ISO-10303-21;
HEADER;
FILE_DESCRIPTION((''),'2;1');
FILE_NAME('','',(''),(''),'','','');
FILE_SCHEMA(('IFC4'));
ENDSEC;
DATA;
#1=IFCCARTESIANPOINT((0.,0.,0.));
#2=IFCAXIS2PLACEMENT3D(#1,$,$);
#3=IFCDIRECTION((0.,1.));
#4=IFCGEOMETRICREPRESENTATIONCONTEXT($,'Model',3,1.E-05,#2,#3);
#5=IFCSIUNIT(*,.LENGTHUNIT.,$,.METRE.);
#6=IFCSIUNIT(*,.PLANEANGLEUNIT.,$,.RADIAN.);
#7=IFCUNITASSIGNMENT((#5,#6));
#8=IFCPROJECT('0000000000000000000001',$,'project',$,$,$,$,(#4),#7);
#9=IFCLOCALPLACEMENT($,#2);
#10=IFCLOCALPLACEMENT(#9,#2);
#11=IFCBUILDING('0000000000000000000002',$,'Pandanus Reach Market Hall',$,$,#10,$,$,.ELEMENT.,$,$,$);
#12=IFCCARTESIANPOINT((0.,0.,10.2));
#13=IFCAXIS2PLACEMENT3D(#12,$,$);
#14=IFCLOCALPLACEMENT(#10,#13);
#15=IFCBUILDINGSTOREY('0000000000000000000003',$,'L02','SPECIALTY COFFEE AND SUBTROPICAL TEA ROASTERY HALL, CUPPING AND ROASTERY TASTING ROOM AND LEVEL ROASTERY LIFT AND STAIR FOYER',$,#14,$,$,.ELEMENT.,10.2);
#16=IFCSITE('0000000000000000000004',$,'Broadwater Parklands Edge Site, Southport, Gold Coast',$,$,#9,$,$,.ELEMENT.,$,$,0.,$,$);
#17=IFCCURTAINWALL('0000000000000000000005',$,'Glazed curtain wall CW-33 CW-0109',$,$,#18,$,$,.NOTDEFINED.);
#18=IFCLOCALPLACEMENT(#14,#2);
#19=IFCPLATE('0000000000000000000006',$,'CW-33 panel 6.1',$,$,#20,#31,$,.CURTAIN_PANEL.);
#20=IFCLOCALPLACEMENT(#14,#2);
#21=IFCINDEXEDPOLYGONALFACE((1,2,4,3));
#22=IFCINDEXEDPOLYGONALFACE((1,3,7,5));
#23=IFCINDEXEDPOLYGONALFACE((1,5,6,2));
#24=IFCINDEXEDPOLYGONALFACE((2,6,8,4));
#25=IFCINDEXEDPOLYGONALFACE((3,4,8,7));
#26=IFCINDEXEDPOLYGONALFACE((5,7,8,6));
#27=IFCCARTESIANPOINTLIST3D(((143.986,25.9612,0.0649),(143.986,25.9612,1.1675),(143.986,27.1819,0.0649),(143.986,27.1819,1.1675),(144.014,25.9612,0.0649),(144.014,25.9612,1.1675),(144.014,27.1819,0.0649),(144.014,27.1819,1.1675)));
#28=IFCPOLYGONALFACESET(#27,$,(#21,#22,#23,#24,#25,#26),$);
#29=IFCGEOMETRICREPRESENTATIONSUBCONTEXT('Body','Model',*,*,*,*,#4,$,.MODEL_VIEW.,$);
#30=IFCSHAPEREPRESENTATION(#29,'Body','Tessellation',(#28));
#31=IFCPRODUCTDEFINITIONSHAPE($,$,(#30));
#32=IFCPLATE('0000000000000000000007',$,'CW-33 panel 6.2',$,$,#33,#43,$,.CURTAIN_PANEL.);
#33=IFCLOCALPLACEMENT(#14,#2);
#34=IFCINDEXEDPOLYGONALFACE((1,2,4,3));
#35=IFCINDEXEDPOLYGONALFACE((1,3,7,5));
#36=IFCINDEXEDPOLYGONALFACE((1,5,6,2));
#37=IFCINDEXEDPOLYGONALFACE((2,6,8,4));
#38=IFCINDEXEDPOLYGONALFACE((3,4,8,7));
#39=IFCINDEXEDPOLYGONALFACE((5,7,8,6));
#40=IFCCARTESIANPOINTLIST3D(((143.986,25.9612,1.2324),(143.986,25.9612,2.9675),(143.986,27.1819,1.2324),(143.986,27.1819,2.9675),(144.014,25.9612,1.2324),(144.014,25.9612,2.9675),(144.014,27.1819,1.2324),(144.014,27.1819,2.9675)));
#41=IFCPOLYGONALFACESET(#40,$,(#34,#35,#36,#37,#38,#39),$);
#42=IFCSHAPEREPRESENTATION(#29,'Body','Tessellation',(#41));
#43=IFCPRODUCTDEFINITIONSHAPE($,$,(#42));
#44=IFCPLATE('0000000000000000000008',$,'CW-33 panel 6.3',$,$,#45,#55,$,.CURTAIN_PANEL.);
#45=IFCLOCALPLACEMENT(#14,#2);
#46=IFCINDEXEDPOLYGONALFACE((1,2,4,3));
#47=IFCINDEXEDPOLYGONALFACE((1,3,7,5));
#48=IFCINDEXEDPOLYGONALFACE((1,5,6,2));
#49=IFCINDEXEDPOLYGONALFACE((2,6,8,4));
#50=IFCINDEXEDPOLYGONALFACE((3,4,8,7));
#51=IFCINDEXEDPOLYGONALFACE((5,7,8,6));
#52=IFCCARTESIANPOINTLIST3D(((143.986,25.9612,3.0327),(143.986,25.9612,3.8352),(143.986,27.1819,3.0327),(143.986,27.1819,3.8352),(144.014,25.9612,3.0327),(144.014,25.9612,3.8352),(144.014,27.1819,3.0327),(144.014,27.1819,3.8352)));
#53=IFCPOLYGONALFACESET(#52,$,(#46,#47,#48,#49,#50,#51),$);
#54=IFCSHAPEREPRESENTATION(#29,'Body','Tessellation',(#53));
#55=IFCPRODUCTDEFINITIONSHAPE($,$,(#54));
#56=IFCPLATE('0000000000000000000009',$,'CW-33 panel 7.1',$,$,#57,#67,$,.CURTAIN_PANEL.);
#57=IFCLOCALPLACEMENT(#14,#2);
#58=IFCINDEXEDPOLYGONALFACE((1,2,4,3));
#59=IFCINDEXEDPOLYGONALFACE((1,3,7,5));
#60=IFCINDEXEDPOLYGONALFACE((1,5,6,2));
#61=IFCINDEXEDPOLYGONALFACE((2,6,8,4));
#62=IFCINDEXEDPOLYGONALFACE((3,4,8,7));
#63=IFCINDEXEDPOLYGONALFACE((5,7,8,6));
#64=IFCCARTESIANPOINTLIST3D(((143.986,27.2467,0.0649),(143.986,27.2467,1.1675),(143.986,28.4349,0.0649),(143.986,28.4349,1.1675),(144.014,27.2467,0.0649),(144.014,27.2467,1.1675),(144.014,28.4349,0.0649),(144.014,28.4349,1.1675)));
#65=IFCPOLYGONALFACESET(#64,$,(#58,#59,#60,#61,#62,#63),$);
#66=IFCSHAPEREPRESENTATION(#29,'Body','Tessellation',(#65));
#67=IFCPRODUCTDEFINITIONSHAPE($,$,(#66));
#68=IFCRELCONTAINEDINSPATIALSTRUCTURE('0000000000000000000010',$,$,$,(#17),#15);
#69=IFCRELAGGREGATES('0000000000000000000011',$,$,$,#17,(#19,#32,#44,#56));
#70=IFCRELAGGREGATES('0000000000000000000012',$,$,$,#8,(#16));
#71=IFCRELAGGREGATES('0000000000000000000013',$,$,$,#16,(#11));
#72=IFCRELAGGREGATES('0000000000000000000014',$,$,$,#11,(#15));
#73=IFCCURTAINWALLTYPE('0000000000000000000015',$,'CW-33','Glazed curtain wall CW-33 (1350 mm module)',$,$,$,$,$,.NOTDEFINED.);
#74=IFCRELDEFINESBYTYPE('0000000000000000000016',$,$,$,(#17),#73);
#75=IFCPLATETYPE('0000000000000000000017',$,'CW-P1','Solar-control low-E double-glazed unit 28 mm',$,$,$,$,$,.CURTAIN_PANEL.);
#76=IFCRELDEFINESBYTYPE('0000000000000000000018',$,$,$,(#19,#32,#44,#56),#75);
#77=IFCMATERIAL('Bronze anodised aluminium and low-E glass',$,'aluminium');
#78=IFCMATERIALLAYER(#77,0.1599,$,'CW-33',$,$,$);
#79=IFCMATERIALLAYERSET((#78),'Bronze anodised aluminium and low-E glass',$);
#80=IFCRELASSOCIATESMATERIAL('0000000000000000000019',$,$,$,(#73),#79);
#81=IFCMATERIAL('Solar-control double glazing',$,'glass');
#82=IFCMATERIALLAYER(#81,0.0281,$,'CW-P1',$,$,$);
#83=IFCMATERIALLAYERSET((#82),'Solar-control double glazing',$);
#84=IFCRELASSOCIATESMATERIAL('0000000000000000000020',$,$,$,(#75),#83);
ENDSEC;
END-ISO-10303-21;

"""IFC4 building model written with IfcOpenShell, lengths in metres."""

from ifc_helpers import new_model, si_unit, direction, frame, origin, origin_2d, place, context, subcontext, project, spatial, rectangle, extrude, material, layer, layer_set, type_object, element, aggregate, save


model = new_model("IFC4")

# Units and contexts
model_context = context("Model", 3, precision=1e-05, world=origin(), true_north=direction((0.0, 1.0)))
body_context = subcontext(model_context, "Body", "Model", "MODEL_VIEW")
ifc_project = project(units=[si_unit("LENGTHUNIT", "METRE"), si_unit("PLANEANGLEUNIT", "RADIAN")], contexts=[model_context])

# Site, building, storey
site_placement = place(None, origin())
site = spatial("IfcSite", under=ifc_project, at=site_placement, Name="Broadwater Parklands Edge Site, Southport, Gold Coast", CompositionType="ELEMENT", RefElevation=0.0)
building_placement = place(site_placement, origin())
building = spatial("IfcBuilding", under=site, at=building_placement, Name="Pandanus Reach Market Hall", CompositionType="ELEMENT")
storey_placement = place(building_placement, frame((0.0, 0.0, 10.2)))
storey = spatial("IfcBuildingStorey", under=building, at=storey_placement, Name="L02", Description="SPECIALTY COFFEE AND SUBTROPICAL TEA ROASTERY HALL, CUPPING AND ROASTERY TASTING ROOM AND LEVEL ROASTERY LIFT AND STAIR FOYER", CompositionType="ELEMENT", Elevation=10.2)

# Curtain wall, plates
ifc_material_1 = material(Name="Bronze anodised aluminium and low-E glass", Category="aluminium")
ifc_layer_1 = layer(ifc_material_1, 0.1599, Name="CW-33")
ifc_layer_set_1 = layer_set([ifc_layer_1], Name="Bronze anodised aluminium and low-E glass")
curtain_wall_type = type_object("IfcCurtainWallType", Name="CW-33", Description="Glazed curtain wall CW-33 (1350 mm module)", PredefinedType="NOTDEFINED", material=ifc_layer_set_1)
curtain_wall_placement = place(storey_placement, origin())
curtain_wall = element("IfcCurtainWall", 1, at=curtain_wall_placement, inside=storey, type_object=curtain_wall_type, Name="Glazed curtain wall CW-33 CW-0109", PredefinedType="NOTDEFINED")
ifc_material_2 = material(Name="Solar-control double glazing", Category="glass")
ifc_layer_2 = layer(ifc_material_2, 0.0281, Name="CW-P1")
ifc_layer_set_2 = layer_set([ifc_layer_2], Name="Solar-control double glazing")
plate_type = type_object("IfcPlateType", Name="CW-P1", Description="Solar-control low-E double-glazed unit 28 mm", PredefinedType="CURTAIN_PANEL", material=ifc_layer_set_2)
plate_1_placement = place(storey_placement, frame((144.0, 26.5715, 0.0649), z_axis=(0.0, 0.0, 1.0), x_axis=(0.0, 1.0, 0.0)))
plate_1 = element("IfcPlate", 2, at=plate_1_placement, type_object=plate_type, Name="CW-33 panel 6.1", PredefinedType="CURTAIN_PANEL", context=body_context, shape_type="SweptSolid", body=[
    extrude(rectangle(XDim=1.2207, YDim=0.0281, at=origin_2d()), origin(), (0.0, 0.0, 1.0), 1.1025),
])
plate_2_placement = place(storey_placement, frame((144.0, 26.5715, 1.2324), z_axis=(0.0, 0.0, 1.0), x_axis=(0.0, 1.0, 0.0)))
plate_2 = element("IfcPlate", 3, at=plate_2_placement, type_object=plate_type, Name="CW-33 panel 6.2", PredefinedType="CURTAIN_PANEL", context=body_context, shape_type="SweptSolid", body=[
    extrude(rectangle(XDim=1.2207, YDim=0.0281, at=origin_2d()), origin(), (0.0, 0.0, 1.0), 1.7351),
])
plate_3_placement = place(storey_placement, frame((144.0, 26.5715, 3.0327), z_axis=(0.0, 0.0, 1.0), x_axis=(0.0, 1.0, 0.0)))
plate_3 = element("IfcPlate", 4, at=plate_3_placement, type_object=plate_type, Name="CW-33 panel 6.3", PredefinedType="CURTAIN_PANEL", context=body_context, shape_type="SweptSolid", body=[
    extrude(rectangle(XDim=1.2207, YDim=0.0281, at=origin_2d()), origin(), (0.0, 0.0, 1.0), 0.8025),
])
plate_4_placement = place(storey_placement, frame((144.0, 27.8408, 0.0649), z_axis=(0.0, 0.0, 1.0), x_axis=(0.0, 1.0, 0.0)))
plate_4 = element("IfcPlate", 5, at=plate_4_placement, type_object=plate_type, Name="CW-33 panel 7.1", PredefinedType="CURTAIN_PANEL", context=body_context, shape_type="SweptSolid", body=[
    extrude(rectangle(XDim=1.1882, YDim=0.0281, at=origin_2d()), origin(), (0.0, 0.0, 1.0), 1.1025),
])
aggregate(curtain_wall, [plate_1, plate_2, plate_3, plate_4])

save(model, "model.ifc")
